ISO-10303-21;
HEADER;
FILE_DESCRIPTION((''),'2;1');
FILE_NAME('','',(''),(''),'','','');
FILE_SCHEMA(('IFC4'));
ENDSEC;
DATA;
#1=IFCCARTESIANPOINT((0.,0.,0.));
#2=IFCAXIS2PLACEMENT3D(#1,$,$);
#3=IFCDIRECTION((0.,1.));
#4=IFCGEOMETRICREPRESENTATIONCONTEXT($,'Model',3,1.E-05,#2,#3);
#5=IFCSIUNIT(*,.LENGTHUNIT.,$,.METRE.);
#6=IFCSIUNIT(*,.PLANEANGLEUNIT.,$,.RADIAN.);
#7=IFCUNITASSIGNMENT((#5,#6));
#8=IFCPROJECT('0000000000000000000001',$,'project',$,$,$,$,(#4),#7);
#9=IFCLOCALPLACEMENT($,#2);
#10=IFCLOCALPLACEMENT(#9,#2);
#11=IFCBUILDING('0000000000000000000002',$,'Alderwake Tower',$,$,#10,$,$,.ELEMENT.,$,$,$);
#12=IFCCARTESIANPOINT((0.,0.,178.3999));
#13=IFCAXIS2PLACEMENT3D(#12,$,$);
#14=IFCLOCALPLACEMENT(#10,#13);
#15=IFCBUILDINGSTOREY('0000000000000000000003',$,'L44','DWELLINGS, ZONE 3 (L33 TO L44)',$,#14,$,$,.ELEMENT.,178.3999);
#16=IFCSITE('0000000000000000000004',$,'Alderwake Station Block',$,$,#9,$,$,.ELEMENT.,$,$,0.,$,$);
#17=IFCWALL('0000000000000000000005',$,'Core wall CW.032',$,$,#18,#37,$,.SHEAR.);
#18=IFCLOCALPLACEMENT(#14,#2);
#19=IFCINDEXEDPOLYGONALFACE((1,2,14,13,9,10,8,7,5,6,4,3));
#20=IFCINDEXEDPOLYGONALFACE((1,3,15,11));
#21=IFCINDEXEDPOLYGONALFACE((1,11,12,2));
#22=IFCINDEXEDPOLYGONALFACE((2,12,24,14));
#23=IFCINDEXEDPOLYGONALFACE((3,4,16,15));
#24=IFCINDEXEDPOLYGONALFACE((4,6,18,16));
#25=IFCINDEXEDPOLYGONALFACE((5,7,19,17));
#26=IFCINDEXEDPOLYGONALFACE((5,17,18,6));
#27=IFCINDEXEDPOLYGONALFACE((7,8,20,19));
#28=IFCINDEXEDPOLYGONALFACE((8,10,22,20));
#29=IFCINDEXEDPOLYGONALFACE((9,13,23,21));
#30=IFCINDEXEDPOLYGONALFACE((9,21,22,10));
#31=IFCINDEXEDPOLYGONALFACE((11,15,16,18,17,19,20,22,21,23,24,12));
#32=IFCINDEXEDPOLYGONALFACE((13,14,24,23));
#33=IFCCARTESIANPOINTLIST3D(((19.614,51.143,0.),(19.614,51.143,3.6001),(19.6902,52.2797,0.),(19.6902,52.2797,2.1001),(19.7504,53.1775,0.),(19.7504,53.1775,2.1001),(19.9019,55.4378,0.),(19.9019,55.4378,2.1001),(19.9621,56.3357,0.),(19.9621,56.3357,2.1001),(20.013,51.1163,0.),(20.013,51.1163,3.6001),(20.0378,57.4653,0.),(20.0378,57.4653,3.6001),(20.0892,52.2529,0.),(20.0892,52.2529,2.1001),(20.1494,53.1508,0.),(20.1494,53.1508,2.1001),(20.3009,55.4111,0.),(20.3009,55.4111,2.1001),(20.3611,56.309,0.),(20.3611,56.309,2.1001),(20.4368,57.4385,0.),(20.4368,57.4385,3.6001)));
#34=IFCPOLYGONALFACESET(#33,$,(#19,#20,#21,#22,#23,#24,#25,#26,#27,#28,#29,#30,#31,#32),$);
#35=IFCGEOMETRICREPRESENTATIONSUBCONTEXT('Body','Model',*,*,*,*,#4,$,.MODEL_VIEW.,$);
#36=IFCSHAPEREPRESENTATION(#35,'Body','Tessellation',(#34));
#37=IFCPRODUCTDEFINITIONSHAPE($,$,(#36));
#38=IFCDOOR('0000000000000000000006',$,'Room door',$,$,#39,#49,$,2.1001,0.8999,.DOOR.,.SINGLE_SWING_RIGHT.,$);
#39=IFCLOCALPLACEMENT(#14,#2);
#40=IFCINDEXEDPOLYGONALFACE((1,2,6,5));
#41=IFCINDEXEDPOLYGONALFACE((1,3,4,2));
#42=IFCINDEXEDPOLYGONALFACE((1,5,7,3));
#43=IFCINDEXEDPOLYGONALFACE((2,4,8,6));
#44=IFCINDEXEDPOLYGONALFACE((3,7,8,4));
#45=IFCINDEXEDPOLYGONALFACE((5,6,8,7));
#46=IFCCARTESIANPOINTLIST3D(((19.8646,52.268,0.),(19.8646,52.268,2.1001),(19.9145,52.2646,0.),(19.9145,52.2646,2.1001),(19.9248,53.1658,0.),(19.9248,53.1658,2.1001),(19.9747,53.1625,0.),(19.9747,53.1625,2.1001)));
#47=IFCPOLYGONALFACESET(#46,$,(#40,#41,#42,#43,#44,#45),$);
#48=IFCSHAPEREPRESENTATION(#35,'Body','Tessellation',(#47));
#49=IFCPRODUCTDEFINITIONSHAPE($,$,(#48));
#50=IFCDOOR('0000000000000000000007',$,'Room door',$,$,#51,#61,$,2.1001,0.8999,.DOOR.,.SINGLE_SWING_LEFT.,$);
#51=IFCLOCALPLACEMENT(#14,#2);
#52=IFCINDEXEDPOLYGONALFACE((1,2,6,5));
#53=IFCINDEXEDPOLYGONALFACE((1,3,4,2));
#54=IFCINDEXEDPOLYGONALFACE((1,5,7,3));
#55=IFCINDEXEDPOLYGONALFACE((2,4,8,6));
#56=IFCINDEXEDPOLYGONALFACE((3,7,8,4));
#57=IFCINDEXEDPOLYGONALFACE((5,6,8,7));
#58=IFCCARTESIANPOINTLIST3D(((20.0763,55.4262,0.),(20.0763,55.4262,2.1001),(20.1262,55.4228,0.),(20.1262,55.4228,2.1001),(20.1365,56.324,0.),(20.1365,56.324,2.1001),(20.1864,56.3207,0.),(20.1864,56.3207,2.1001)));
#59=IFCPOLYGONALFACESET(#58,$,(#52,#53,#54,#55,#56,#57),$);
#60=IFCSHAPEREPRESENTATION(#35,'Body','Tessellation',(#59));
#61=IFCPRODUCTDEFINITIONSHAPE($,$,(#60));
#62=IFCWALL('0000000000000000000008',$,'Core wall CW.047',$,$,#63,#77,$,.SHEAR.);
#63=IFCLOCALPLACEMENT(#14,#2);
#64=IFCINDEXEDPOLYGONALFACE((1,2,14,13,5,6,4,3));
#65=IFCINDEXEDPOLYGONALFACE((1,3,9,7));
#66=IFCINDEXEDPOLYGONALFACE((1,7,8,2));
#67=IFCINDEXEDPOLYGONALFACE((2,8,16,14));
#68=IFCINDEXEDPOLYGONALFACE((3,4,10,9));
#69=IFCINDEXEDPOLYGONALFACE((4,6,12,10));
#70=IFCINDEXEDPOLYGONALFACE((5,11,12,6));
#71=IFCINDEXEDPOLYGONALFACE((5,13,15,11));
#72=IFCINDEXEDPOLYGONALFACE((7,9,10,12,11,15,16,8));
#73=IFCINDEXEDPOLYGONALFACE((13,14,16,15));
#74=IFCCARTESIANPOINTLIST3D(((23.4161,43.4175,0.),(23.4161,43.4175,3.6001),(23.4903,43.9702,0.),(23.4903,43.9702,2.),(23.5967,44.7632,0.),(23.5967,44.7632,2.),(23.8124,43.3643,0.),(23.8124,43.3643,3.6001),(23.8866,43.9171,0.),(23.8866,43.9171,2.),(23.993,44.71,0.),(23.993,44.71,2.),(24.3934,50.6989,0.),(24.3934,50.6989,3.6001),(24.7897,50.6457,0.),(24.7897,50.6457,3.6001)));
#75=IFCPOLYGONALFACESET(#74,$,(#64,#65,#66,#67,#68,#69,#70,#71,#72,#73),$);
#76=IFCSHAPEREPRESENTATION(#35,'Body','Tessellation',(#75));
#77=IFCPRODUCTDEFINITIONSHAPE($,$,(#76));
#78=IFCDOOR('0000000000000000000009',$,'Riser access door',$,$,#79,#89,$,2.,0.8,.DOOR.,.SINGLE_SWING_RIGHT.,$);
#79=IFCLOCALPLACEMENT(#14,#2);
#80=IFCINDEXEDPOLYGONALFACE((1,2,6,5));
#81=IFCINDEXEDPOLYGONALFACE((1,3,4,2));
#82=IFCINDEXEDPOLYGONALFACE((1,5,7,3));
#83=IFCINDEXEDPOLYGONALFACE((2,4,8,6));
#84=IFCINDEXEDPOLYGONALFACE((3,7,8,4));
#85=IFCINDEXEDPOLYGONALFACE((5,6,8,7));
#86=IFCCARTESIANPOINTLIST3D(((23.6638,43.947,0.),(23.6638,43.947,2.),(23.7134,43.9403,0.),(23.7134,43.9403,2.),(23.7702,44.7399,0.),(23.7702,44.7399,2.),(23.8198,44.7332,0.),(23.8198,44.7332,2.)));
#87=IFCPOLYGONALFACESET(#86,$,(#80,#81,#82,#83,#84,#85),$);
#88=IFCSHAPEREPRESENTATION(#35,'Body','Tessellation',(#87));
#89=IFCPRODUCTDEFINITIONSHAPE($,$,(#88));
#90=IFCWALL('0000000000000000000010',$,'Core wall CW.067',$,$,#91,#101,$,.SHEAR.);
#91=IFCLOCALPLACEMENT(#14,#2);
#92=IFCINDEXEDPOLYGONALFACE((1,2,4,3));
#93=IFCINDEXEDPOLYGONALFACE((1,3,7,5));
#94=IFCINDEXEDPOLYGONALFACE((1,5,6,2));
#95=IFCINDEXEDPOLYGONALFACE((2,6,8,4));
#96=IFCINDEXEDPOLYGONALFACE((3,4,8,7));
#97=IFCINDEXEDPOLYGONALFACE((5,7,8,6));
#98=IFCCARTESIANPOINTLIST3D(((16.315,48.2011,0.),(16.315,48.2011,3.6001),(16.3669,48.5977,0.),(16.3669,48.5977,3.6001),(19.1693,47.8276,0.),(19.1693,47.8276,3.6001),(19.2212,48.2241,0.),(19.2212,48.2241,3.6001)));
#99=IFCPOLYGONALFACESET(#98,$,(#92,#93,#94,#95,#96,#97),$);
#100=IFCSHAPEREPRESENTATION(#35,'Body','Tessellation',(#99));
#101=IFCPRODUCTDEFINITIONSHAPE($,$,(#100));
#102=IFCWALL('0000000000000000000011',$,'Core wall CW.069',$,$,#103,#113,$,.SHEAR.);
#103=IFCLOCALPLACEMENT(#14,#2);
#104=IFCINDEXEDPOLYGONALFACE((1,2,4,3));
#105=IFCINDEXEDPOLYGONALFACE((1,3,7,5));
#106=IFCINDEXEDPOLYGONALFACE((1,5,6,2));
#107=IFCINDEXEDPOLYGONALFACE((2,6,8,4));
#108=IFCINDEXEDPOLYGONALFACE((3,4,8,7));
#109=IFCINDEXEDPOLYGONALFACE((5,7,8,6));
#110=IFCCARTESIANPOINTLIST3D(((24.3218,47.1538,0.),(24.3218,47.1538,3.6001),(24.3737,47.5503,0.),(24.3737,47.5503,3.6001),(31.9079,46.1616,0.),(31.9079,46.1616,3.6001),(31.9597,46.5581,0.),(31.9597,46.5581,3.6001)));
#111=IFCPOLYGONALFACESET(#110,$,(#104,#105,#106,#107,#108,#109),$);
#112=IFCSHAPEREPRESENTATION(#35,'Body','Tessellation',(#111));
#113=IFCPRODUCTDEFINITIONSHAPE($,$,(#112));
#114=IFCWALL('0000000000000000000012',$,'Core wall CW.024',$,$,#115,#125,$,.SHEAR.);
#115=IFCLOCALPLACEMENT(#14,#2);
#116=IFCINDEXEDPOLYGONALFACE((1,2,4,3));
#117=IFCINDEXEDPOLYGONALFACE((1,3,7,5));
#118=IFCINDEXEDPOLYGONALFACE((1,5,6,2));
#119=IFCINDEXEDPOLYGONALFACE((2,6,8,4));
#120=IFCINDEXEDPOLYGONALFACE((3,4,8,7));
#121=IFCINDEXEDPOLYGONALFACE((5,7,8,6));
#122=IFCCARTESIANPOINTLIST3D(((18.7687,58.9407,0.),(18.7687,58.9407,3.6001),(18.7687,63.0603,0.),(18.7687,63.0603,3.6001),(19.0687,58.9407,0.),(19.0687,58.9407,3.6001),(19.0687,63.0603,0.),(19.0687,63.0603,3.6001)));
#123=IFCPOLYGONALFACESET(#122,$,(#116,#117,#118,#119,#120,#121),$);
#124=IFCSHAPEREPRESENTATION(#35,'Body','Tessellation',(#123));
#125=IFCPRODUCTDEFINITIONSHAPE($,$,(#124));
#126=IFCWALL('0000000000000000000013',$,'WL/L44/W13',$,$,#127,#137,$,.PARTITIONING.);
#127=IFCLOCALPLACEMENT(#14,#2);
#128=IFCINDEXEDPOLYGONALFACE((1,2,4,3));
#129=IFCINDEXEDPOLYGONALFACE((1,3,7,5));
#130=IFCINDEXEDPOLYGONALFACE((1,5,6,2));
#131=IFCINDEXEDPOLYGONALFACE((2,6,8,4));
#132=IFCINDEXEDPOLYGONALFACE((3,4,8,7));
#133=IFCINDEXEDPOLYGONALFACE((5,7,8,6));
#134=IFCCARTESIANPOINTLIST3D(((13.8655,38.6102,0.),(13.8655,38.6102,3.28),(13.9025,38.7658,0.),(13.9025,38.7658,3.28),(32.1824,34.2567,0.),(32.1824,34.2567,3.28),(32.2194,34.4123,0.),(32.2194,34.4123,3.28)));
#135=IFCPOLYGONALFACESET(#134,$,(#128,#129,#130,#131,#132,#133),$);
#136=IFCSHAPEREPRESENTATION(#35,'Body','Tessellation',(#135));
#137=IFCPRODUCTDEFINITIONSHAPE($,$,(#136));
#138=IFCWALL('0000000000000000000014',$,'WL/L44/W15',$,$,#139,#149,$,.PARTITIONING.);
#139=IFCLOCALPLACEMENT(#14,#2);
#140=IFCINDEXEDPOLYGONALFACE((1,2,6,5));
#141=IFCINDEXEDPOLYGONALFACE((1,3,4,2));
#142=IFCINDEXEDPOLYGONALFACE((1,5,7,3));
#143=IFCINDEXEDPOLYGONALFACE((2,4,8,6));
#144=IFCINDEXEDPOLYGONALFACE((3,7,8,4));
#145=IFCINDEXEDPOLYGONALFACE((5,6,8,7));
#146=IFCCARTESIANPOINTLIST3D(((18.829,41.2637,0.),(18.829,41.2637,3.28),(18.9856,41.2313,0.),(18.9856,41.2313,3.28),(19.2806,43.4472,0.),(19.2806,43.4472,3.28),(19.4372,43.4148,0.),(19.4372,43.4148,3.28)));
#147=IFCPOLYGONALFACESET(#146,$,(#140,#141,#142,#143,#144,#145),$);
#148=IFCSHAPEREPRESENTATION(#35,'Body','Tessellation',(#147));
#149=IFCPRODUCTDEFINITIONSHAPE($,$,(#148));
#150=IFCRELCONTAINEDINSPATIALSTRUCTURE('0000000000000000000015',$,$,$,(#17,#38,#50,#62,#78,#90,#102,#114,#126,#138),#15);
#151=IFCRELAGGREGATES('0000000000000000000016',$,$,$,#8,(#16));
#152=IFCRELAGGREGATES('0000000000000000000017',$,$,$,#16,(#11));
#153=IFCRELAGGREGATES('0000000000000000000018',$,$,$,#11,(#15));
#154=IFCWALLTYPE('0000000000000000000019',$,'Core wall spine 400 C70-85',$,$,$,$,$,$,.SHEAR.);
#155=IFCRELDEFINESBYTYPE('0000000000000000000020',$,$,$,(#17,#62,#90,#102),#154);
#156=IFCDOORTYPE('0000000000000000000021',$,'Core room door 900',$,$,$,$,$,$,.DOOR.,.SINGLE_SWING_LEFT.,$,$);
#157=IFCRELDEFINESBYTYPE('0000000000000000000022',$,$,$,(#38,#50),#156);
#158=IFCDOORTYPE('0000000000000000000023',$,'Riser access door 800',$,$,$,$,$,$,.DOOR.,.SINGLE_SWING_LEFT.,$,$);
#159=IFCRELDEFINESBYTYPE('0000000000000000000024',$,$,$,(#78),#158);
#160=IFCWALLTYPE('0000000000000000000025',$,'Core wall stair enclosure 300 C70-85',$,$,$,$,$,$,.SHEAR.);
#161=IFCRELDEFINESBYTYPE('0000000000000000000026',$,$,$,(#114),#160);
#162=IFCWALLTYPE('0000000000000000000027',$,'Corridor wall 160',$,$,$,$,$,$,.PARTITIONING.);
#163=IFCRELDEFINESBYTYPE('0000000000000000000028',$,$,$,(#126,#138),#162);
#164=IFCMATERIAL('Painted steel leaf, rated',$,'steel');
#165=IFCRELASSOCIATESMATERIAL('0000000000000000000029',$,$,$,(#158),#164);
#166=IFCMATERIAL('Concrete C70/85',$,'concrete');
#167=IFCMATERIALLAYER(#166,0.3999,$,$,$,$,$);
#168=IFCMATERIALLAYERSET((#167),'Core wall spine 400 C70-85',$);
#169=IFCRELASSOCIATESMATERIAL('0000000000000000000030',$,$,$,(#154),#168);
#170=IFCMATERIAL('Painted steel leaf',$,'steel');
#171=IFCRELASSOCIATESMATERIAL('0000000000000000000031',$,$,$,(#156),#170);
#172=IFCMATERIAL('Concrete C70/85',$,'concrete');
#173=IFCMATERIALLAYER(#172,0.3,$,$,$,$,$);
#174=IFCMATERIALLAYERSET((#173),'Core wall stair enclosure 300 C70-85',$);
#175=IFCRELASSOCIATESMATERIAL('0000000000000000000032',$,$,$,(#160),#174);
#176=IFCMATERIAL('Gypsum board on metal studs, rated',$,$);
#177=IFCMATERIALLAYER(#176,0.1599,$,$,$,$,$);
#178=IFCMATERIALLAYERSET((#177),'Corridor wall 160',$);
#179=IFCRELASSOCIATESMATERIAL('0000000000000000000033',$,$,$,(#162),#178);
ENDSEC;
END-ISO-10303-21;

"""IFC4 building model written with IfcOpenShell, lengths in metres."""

from ifc_helpers import new_model, si_unit, direction, frame, frame_2d, origin, place, context, subcontext, project, spatial, rectangle, extrude, material, layer, layer_set, type_object, element, fill, save


model = new_model("IFC4")

# Units and contexts
model_context = context("Model", 3, precision=1e-05, world=origin(), true_north=direction((0.0, 1.0)))
body_context = subcontext(model_context, "Body", "Model", "MODEL_VIEW")
ifc_project = project(units=[si_unit("LENGTHUNIT", "METRE"), si_unit("PLANEANGLEUNIT", "RADIAN")], contexts=[model_context])

# Site, building, storey
site_placement = place(None, origin())
site = spatial("IfcSite", under=ifc_project, at=site_placement, Name="Alderwake Station Block", CompositionType="ELEMENT", RefElevation=0.0)
building_placement = place(site_placement, origin())
building = spatial("IfcBuilding", under=site, at=building_placement, Name="Alderwake Tower", CompositionType="ELEMENT")
storey_placement = place(building_placement, frame((0.0, 0.0, 178.3999)))
storey = spatial("IfcBuildingStorey", under=building, at=storey_placement, Name="L44", Description="DWELLINGS, ZONE 3 (L33 TO L44)", CompositionType="ELEMENT", Elevation=178.3999)

# Shared definitions
ifc_material_1 = material(Name="Painted steel leaf, rated", Category="steel")
door_type_1 = type_object("IfcDoorType", Name="Riser access door 800", OperationType="SINGLE_SWING_LEFT", PredefinedType="DOOR", material=ifc_material_1)

# Shared definitions
ifc_material_2 = material(Name="Concrete C70/85", Category="concrete")
ifc_layer_1 = layer(ifc_material_2, 0.3999)
ifc_layer_set_1 = layer_set([ifc_layer_1], Name="Core wall spine 400 C70-85")
wall_type_1 = type_object("IfcWallType", Name="Core wall spine 400 C70-85", PredefinedType="SHEAR", material=ifc_layer_set_1)

# Wall, openings, doors
wall_1_placement = place(storey_placement, frame((20.2373, 57.4519, 0.0), z_axis=(0.0, 0.0, 1.0), x_axis=(-0.066887, -0.997761, 0.0)))
wall_1 = element("IfcWall", 1, at=wall_1_placement, inside=storey, type_object=wall_type_1, Name="Core wall CW.032", PredefinedType="SHEAR", context=body_context, shape_type="SweptSolid", body=[
    extrude(rectangle(XDim=6.3364, YDim=0.3999, at=frame_2d((3.1682, 0.0))), origin(), (0.0, 0.0, 1.0), 3.6001),
])
opening_1_placement = place(wall_1_placement, frame((4.2974, 0.0, 0.0)))
opening_1 = element("IfcOpeningElement", 2, at=opening_1_placement, cuts=wall_1, PredefinedType="OPENING", context=body_context, shape_type="SweptSolid", body=[
    extrude(rectangle(XDim=0.8999, YDim=2.1001, at=frame_2d((0.45, 1.05))), frame((0.0, 0.21, 0.0), z_axis=(0.0, -1.0, 0.0), x_axis=(1.0, 0.0, 0.0)), (0.0, 0.0, 1.0), 0.4199),
])
opening_2_placement = place(wall_1_placement, frame((1.1321, 0.0, 0.0)))
opening_2 = element("IfcOpeningElement", 3, at=opening_2_placement, cuts=wall_1, PredefinedType="OPENING", context=body_context, shape_type="SweptSolid", body=[
    extrude(rectangle(XDim=0.8999, YDim=2.1001, at=frame_2d((0.45, 1.05))), frame((0.0, 0.21, 0.0), z_axis=(0.0, -1.0, 0.0), x_axis=(1.0, 0.0, 0.0)), (0.0, 0.0, 1.0), 0.4199),
])
ifc_material_3 = material(Name="Painted steel leaf", Category="steel")
door_type_2 = type_object("IfcDoorType", Name="Core room door 900", OperationType="SINGLE_SWING_LEFT", PredefinedType="DOOR", material=ifc_material_3)
door_1_placement = place(opening_1_placement, origin())
door_1 = element("IfcDoor", 4, at=door_1_placement, inside=storey, type_object=door_type_2, Name="Room door", OperationType="SINGLE_SWING_RIGHT", OverallHeight=2.1001, OverallWidth=0.8999, PredefinedType="DOOR", context=body_context, shape_type="SweptSolid", body=[
    extrude(rectangle(XDim=0.8999, YDim=2.1001, at=frame_2d((0.45, 1.05))), frame((0.0, 0.0249, 0.0), z_axis=(0.0, -1.0, 0.0), x_axis=(1.0, 0.0, 0.0)), (0.0, 0.0, 1.0), 0.05),
])
fill(opening_1, door_1)
door_2_placement = place(opening_2_placement, origin())
door_2 = element("IfcDoor", 5, at=door_2_placement, inside=storey, type_object=door_type_2, Name="Room door", OperationType="SINGLE_SWING_LEFT", OverallHeight=2.1001, OverallWidth=0.8999, PredefinedType="DOOR", context=body_context, shape_type="SweptSolid", body=[
    extrude(rectangle(XDim=0.8999, YDim=2.1001, at=frame_2d((0.45, 1.05))), frame((0.0, 0.0249, 0.0), z_axis=(0.0, -1.0, 0.0), x_axis=(1.0, 0.0, 0.0)), (0.0, 0.0, 1.0), 0.05),
])
fill(opening_2, door_2)

# Wall, opening, door
wall_2_placement = place(storey_placement, frame((23.6143, 43.3909, 0.0), z_axis=(0.0, 0.0, 1.0), x_axis=(0.133023, 0.991113, 0.0)))
wall_2 = element("IfcWall", 6, at=wall_2_placement, inside=storey, type_object=wall_type_1, Name="Core wall CW.047", PredefinedType="SHEAR", context=body_context, shape_type="SweptSolid", body=[
    extrude(rectangle(XDim=7.3467, YDim=0.3999, at=frame_2d((3.6733, 0.0))), origin(), (0.0, 0.0, 1.0), 3.6001),
])
opening_3_placement = place(wall_2_placement, frame((0.5579, 0.0, 0.0)))
opening_3 = element("IfcOpeningElement", 7, at=opening_3_placement, cuts=wall_2, PredefinedType="OPENING", context=body_context, shape_type="SweptSolid", body=[
    extrude(rectangle(XDim=0.8, YDim=2.0, at=frame_2d((0.3999, 1.0))), frame((0.0, 0.21, 0.0), z_axis=(0.0, -1.0, 0.0), x_axis=(1.0, 0.0, 0.0)), (0.0, 0.0, 1.0), 0.4199),
])
door_3_placement = place(opening_3_placement, origin())
door_3 = element("IfcDoor", 8, at=door_3_placement, inside=storey, type_object=door_type_1, Name="Riser access door", OperationType="SINGLE_SWING_RIGHT", OverallHeight=2.0, OverallWidth=0.8, PredefinedType="DOOR", context=body_context, shape_type="SweptSolid", body=[
    extrude(rectangle(XDim=0.8, YDim=2.0, at=frame_2d((0.3999, 1.0))), frame((0.0, 0.0249, 0.0), z_axis=(0.0, -1.0, 0.0), x_axis=(1.0, 0.0, 0.0)), (0.0, 0.0, 1.0), 0.05),
])
fill(opening_3, door_3)

# Walls
wall_3_placement = place(storey_placement, frame((16.3408, 48.3994, 0.0), z_axis=(0.0, 0.0, 1.0), x_axis=(0.991545, -0.129763, 0.0)))
element("IfcWall", 9, at=wall_3_placement, inside=storey, type_object=wall_type_1, Name="Core wall CW.067", PredefinedType="SHEAR", context=body_context, shape_type="SweptSolid", body=[
    extrude(rectangle(XDim=2.8787, YDim=0.3999, at=frame_2d((1.4395, 0.0))), origin(), (0.0, 0.0, 1.0), 3.6001),
])
wall_4_placement = place(storey_placement, frame((24.3479, 47.3521, 0.0), z_axis=(0.0, 0.0, 1.0), x_axis=(0.991555, -0.129688, 0.0)))
element("IfcWall", 10, at=wall_4_placement, inside=storey, type_object=wall_type_1, Name="Core wall CW.069", PredefinedType="SHEAR", context=body_context, shape_type="SweptSolid", body=[
    extrude(rectangle(XDim=7.6506, YDim=0.3999, at=frame_2d((3.8252, 0.0))), origin(), (0.0, 0.0, 1.0), 3.6001),
])
ifc_material_4 = material(Name="Concrete C70/85", Category="concrete")
ifc_layer_2 = layer(ifc_material_4, 0.3)
ifc_layer_set_2 = layer_set([ifc_layer_2], Name="Core wall stair enclosure 300 C70-85")
wall_type_2 = type_object("IfcWallType", Name="Core wall stair enclosure 300 C70-85", PredefinedType="SHEAR", material=ifc_layer_set_2)
wall_5_placement = place(storey_placement, frame((18.9187, 58.9407, 0.0), z_axis=(0.0, 0.0, 1.0), x_axis=(0.0, 1.0, 0.0)))
element("IfcWall", 11, at=wall_5_placement, inside=storey, type_object=wall_type_2, Name="Core wall CW.024", PredefinedType="SHEAR", context=body_context, shape_type="SweptSolid", body=[
    extrude(rectangle(XDim=4.1196, YDim=0.3, at=frame_2d((2.0598, 0.0))), origin(), (0.0, 0.0, 1.0), 3.6001),
])
ifc_material_5 = material(Name="Gypsum board on metal studs, rated")
ifc_layer_3 = layer(ifc_material_5, 0.1599)
ifc_layer_set_3 = layer_set([ifc_layer_3], Name="Corridor wall 160")
wall_type_3 = type_object("IfcWallType", Name="Corridor wall 160", PredefinedType="PARTITIONING", material=ifc_layer_set_3)
wall_6_placement = place(storey_placement, frame((13.884, 38.688, 0.0), z_axis=(0.0, 0.0, 1.0), x_axis=(0.972898, -0.231236, 0.0)))
element("IfcWall", 12, at=wall_6_placement, inside=storey, type_object=wall_type_3, Name="WL/L44/W13", PredefinedType="PARTITIONING", context=body_context, shape_type="SweptSolid", body=[
    extrude(rectangle(XDim=18.8271, YDim=0.1599, at=frame_2d((9.4136, 0.0))), origin(), (0.0, 0.0, 1.0), 3.28),
])
wall_7_placement = place(storey_placement, frame((19.3589, 43.4309, 0.0), z_axis=(0.0, 0.0, 1.0), x_axis=(-0.202555, -0.979271, 0.0)))
element("IfcWall", 13, at=wall_7_placement, inside=storey, type_object=wall_type_3, Name="WL/L44/W15", PredefinedType="PARTITIONING", context=body_context, shape_type="SweptSolid", body=[
    extrude(rectangle(XDim=2.2297, YDim=0.1599, at=frame_2d((1.1147, 0.0))), origin(), (0.0, 0.0, 1.0), 3.28),
])

save(model, "model.ifc")
